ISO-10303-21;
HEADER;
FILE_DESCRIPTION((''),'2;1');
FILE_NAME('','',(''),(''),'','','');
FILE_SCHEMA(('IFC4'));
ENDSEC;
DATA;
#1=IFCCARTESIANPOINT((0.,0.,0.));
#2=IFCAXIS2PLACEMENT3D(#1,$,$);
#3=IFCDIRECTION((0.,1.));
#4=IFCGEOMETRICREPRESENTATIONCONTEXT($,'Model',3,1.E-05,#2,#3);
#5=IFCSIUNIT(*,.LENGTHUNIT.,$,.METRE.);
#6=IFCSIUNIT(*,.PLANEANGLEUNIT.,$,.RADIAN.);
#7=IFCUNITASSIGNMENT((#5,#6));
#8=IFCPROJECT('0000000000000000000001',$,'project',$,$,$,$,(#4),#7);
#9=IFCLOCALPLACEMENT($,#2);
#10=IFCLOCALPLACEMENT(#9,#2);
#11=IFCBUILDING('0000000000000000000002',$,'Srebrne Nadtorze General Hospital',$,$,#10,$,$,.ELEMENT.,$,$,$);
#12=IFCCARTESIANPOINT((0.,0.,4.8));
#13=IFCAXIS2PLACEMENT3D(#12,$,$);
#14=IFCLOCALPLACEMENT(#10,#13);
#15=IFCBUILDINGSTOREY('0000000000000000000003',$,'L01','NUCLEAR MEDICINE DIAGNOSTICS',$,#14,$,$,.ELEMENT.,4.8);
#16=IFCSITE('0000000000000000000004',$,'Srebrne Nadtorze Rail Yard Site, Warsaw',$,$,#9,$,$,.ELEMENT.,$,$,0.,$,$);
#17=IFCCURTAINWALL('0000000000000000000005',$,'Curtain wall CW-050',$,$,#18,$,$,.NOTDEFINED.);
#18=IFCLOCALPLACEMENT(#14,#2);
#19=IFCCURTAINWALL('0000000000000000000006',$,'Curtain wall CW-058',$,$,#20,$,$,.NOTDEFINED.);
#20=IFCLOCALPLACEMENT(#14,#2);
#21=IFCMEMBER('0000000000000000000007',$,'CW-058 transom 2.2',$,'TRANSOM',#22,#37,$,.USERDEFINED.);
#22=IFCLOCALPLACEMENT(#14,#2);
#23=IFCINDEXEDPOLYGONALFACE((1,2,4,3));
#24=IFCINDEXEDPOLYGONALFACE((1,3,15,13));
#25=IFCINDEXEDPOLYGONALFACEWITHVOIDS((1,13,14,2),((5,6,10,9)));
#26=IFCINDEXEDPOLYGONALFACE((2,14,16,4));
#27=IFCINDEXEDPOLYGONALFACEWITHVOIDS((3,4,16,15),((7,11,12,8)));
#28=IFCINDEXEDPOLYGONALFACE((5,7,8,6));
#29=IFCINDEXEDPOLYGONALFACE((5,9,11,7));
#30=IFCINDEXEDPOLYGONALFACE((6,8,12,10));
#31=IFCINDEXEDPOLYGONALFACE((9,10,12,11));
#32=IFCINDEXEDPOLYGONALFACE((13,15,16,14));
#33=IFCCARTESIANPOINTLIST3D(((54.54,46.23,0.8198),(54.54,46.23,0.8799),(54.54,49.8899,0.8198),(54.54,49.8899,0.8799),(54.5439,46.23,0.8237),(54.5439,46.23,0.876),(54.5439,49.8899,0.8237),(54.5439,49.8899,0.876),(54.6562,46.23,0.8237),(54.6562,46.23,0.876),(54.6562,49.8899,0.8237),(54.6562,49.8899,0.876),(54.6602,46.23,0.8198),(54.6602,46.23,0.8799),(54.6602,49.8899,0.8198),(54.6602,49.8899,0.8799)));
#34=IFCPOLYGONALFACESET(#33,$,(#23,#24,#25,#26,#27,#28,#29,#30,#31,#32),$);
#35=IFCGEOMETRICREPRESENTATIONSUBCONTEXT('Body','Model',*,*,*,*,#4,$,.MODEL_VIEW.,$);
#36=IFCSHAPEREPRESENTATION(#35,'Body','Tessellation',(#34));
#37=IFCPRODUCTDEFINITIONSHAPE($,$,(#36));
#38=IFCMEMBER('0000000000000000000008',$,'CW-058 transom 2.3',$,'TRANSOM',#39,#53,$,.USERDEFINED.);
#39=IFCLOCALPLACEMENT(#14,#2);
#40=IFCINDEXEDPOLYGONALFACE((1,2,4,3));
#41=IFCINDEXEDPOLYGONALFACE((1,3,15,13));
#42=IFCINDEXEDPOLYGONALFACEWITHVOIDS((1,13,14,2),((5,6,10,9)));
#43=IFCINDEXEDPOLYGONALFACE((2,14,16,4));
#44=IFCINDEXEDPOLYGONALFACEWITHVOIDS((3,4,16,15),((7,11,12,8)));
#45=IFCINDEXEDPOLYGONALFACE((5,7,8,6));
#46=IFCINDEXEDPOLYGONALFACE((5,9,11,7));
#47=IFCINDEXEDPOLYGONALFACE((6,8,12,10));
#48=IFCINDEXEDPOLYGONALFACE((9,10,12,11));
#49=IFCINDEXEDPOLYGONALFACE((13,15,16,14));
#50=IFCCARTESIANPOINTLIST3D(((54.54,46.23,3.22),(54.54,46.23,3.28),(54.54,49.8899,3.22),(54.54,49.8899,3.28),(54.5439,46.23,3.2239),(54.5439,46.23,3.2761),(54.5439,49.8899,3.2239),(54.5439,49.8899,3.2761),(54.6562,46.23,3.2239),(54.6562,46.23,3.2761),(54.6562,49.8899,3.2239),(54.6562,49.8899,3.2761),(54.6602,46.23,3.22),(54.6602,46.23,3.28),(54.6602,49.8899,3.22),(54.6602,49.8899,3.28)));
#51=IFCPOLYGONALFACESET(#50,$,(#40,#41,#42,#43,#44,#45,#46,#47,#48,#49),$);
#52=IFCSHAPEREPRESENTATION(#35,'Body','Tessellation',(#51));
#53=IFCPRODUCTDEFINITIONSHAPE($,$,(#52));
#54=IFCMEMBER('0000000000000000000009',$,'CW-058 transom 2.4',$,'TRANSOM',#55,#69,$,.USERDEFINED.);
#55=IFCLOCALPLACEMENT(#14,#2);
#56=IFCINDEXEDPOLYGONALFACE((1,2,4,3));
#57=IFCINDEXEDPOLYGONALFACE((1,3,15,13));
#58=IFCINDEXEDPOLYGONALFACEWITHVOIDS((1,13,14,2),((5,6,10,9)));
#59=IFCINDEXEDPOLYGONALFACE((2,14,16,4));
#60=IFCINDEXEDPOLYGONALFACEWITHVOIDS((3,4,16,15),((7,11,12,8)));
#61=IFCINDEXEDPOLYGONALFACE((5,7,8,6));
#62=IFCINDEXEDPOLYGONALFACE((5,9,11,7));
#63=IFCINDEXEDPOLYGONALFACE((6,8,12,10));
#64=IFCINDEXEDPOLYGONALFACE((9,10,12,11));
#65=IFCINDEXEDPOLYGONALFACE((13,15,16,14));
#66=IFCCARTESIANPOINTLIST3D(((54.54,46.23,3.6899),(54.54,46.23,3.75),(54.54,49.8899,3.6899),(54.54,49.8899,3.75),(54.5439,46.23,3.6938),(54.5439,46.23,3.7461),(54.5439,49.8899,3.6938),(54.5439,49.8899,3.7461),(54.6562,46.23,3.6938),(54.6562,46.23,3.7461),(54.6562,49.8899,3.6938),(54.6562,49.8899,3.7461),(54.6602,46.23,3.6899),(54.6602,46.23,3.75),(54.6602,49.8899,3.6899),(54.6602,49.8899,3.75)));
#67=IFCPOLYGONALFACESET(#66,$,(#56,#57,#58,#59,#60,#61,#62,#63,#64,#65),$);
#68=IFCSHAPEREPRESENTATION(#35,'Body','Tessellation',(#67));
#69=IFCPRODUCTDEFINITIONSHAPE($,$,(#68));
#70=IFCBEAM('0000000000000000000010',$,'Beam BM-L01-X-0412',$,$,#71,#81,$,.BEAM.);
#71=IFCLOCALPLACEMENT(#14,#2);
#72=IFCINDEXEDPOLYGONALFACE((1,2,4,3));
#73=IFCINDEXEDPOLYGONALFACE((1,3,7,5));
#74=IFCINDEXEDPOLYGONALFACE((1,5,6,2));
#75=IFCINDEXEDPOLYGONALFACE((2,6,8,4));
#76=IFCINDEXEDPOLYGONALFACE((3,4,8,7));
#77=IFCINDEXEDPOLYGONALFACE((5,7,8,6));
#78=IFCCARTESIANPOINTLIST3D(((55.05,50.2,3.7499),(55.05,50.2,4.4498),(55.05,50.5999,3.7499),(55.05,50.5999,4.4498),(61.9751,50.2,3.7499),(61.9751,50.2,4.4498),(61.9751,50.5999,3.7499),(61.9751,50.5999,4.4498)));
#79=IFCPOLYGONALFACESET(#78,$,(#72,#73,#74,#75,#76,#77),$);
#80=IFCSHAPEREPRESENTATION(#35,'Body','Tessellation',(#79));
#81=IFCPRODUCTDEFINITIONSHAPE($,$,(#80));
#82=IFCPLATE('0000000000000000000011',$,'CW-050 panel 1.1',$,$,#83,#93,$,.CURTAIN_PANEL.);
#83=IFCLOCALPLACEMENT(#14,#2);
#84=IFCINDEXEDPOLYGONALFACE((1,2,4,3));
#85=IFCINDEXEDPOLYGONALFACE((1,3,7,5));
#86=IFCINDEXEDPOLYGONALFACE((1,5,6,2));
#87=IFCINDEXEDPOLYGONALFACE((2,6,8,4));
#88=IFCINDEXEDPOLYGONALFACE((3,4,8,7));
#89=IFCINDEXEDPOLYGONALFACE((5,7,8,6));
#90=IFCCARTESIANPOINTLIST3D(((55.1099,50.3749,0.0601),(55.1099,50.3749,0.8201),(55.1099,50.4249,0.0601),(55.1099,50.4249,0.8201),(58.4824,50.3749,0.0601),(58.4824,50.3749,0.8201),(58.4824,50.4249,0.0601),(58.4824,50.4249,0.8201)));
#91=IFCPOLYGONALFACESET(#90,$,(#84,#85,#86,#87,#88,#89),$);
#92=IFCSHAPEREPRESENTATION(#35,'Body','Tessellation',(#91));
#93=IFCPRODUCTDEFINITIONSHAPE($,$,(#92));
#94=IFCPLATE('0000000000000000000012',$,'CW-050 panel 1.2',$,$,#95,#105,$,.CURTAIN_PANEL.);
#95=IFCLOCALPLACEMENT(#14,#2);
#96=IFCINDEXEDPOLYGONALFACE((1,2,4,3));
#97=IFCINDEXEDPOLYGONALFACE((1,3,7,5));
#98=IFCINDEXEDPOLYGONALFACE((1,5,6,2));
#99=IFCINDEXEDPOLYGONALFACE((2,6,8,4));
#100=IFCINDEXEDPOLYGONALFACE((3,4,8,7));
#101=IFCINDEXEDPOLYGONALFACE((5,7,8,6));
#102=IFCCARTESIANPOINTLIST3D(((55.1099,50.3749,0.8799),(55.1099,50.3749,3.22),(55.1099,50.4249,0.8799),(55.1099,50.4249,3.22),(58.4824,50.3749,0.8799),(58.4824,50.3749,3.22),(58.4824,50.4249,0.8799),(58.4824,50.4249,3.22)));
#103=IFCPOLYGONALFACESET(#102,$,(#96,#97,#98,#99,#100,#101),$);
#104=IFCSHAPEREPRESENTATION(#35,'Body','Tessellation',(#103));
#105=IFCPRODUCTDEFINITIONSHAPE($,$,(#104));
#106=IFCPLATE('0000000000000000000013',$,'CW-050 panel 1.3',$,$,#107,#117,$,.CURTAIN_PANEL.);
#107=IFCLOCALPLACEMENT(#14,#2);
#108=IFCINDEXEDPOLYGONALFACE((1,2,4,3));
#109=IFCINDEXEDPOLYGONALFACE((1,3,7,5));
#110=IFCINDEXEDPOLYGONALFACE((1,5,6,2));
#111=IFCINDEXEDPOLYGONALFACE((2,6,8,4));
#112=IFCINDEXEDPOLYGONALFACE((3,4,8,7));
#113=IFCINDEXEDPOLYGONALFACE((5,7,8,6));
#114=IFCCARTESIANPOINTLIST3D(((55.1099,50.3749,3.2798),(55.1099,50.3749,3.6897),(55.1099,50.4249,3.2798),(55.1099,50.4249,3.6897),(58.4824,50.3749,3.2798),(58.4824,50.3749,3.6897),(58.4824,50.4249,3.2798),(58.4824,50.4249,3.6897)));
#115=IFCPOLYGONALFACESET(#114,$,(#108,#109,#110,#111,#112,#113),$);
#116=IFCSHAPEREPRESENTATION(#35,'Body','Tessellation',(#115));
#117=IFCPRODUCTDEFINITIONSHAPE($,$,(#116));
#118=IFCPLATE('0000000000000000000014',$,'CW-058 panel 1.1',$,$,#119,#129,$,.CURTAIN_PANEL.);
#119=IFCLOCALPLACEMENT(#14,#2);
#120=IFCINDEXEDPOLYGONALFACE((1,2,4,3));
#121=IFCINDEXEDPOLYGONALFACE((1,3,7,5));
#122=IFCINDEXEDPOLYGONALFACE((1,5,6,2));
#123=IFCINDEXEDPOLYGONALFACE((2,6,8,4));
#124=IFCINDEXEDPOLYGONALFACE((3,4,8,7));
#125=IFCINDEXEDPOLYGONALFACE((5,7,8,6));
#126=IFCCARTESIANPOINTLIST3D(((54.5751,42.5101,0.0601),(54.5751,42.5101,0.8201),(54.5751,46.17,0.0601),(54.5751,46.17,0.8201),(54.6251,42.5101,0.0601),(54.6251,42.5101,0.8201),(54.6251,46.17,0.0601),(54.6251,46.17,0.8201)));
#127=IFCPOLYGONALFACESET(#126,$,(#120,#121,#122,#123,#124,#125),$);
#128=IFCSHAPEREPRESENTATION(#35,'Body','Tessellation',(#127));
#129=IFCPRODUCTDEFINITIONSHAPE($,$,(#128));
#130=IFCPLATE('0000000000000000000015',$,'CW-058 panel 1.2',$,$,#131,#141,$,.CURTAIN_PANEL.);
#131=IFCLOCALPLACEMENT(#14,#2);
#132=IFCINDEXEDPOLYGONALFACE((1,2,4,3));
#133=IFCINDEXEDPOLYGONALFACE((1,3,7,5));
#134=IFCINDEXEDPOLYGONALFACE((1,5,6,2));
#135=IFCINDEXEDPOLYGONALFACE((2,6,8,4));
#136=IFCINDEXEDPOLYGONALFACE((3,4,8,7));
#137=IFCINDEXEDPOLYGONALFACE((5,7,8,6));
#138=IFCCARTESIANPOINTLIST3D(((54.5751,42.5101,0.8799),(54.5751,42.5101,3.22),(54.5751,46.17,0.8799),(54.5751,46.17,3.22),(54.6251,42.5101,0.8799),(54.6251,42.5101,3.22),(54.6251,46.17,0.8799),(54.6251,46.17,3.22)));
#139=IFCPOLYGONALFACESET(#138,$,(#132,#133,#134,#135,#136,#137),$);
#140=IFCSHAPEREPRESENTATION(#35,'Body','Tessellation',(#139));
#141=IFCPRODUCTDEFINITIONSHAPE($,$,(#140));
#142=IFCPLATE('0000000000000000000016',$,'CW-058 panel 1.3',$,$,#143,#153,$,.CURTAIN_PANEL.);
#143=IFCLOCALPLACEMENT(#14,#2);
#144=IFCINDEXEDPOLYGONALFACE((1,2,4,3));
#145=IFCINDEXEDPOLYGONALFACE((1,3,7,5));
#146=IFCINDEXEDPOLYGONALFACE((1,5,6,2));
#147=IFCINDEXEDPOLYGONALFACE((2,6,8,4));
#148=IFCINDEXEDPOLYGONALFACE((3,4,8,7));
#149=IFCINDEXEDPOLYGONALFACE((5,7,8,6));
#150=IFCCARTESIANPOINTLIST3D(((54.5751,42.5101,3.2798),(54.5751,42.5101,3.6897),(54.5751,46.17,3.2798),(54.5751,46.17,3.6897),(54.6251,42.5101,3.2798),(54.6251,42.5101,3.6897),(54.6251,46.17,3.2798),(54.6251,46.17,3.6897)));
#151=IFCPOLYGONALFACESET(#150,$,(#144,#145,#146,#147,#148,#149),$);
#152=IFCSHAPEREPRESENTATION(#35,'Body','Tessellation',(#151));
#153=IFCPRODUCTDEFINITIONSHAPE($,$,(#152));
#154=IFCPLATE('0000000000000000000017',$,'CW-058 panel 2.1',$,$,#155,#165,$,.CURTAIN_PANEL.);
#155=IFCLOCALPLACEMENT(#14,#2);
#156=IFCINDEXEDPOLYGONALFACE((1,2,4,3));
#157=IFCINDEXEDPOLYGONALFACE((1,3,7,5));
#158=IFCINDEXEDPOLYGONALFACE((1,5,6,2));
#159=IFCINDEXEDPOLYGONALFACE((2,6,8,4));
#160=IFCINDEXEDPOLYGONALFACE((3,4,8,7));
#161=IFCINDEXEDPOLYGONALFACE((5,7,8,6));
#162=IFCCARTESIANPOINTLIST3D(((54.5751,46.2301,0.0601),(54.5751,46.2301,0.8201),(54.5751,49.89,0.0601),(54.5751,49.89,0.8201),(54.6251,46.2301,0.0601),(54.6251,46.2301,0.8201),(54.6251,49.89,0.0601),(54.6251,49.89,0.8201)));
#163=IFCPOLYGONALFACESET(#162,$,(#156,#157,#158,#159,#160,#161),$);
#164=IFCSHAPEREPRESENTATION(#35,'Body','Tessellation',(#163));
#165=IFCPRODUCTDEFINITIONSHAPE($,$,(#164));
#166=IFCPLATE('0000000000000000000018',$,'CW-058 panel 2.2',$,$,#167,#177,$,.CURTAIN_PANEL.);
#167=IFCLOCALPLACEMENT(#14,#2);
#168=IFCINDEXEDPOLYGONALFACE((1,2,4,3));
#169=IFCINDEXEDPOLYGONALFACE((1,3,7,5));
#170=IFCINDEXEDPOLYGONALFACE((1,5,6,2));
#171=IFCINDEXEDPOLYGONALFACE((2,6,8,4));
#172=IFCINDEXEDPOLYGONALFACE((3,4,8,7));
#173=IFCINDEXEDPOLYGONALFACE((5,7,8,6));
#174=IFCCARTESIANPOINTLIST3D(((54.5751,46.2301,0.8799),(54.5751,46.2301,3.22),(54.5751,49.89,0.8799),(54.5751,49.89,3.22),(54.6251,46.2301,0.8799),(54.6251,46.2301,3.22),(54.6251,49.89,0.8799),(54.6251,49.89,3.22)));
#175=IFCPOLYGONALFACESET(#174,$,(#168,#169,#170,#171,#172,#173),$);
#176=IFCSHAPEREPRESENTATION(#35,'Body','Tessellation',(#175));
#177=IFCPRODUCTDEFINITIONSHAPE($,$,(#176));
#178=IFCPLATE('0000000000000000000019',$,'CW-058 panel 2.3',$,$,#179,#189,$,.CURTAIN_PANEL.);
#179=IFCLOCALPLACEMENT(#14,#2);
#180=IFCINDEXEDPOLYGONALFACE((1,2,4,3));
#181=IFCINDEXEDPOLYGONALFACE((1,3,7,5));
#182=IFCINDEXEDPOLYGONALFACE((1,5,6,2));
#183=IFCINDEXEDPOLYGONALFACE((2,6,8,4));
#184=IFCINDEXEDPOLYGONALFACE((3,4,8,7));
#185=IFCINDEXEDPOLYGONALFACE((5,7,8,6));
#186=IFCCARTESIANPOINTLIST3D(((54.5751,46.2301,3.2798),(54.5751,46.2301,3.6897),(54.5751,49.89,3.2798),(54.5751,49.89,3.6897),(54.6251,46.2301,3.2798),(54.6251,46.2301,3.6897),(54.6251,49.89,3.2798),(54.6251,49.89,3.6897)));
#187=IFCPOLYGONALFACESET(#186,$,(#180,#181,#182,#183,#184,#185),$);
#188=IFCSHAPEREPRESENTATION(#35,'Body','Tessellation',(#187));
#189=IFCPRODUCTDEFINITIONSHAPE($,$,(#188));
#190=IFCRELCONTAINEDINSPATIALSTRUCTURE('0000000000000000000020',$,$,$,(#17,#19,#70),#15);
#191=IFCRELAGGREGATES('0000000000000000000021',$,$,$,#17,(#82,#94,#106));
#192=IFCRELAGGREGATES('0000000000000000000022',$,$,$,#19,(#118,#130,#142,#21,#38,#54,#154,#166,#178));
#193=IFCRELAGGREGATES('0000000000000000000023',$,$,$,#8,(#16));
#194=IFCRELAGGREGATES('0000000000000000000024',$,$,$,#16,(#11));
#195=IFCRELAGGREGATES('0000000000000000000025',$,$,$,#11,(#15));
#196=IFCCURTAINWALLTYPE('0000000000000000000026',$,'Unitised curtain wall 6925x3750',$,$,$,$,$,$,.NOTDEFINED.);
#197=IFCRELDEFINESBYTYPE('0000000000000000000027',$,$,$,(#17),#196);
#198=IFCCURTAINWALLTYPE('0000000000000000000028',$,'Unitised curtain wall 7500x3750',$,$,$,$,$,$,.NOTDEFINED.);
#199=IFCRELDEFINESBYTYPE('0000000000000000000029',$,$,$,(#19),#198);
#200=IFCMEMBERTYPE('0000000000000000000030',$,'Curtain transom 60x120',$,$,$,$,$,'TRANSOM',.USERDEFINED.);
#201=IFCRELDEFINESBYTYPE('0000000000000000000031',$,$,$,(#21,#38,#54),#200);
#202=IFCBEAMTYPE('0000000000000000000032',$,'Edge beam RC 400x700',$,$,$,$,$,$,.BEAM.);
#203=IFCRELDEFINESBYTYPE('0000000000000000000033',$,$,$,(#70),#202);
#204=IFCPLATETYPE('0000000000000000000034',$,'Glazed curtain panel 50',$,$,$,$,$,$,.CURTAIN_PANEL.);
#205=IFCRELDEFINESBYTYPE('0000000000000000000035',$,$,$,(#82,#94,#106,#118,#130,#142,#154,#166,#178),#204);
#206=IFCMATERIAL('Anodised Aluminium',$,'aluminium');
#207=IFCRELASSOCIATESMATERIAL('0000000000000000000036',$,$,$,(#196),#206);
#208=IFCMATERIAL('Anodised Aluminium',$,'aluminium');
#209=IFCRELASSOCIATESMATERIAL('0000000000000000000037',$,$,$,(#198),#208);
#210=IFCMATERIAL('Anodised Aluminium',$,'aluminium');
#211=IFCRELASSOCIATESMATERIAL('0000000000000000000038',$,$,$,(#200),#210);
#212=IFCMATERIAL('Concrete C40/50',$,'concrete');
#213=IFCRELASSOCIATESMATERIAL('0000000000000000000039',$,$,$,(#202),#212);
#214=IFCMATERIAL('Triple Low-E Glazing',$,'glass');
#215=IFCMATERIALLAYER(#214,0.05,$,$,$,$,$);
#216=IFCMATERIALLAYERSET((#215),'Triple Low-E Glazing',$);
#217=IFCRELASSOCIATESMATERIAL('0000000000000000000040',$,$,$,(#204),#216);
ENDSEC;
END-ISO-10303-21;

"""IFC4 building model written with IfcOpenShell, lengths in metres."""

from ifc_helpers import new_model, si_unit, direction, frame, origin, origin_2d, place, context, subcontext, project, spatial, rectangle, hollow_rectangle, extrude, material, layer, layer_set, material_profile, profile_set, type_object, element, aggregate, save


model = new_model("IFC4")

# Units and contexts
model_context = context("Model", 3, precision=1e-05, world=origin(), true_north=direction((0.0, 1.0)))
body_context = subcontext(model_context, "Body", "Model", "MODEL_VIEW")
ifc_project = project(units=[si_unit("LENGTHUNIT", "METRE"), si_unit("PLANEANGLEUNIT", "RADIAN")], contexts=[model_context])

# Site, building, storey
site_placement = place(None, origin())
site = spatial("IfcSite", under=ifc_project, at=site_placement, Name="Srebrne Nadtorze Rail Yard Site, Warsaw", CompositionType="ELEMENT", RefElevation=0.0)
building_placement = place(site_placement, origin())
building = spatial("IfcBuilding", under=site, at=building_placement, Name="Srebrne Nadtorze General Hospital", CompositionType="ELEMENT")
storey_placement = place(building_placement, frame((0.0, 0.0, 4.8)))
storey = spatial("IfcBuildingStorey", under=building, at=storey_placement, Name="L01", Description="NUCLEAR MEDICINE DIAGNOSTICS", CompositionType="ELEMENT", Elevation=4.8)

# Curtain walls
ifc_material_1 = material(Name="Anodised Aluminium", Category="aluminium")
curtain_wall_type_1 = type_object("IfcCurtainWallType", Name="Unitised curtain wall 6925x3750", PredefinedType="NOTDEFINED", material=ifc_material_1)
curtain_wall_1_placement = place(storey_placement, origin())
curtain_wall_1 = element("IfcCurtainWall", 1, at=curtain_wall_1_placement, inside=storey, type_object=curtain_wall_type_1, Name="Curtain wall CW-050", PredefinedType="NOTDEFINED")
ifc_material_2 = material(Name="Anodised Aluminium", Category="aluminium")
curtain_wall_type_2 = type_object("IfcCurtainWallType", Name="Unitised curtain wall 7500x3750", PredefinedType="NOTDEFINED", material=ifc_material_2)
curtain_wall_2_placement = place(storey_placement, origin())
curtain_wall_2 = element("IfcCurtainWall", 2, at=curtain_wall_2_placement, inside=storey, type_object=curtain_wall_type_2, Name="Curtain wall CW-058", PredefinedType="NOTDEFINED")

# Members
ifc_material_3 = material(Name="Anodised Aluminium", Category="aluminium")
ifc_material_profile_1 = material_profile(ifc_material_3, hollow_rectangle(XDim=0.0601, YDim=0.1201, WallThickness=0.0039, at=origin_2d()), Name="AL-TRN-60x120")
ifc_profile_set_1 = profile_set([ifc_material_profile_1], Name="Anodised Aluminium")
member_type_1 = type_object("IfcMemberType", Name="Curtain transom 60x120", ElementType="TRANSOM", PredefinedType="USERDEFINED", material=ifc_profile_set_1)
member_1_placement = place(storey_placement, frame((54.6001, 46.23, 0.8499), z_axis=(0.0, 1.0, 0.0), x_axis=(0.0, 0.0, 1.0)))
member_1 = element("IfcMember", 3, at=member_1_placement, type_object=member_type_1, Name="CW-058 transom 2.2", ObjectType="TRANSOM", PredefinedType="USERDEFINED", context=body_context, shape_type="SweptSolid", body=[
    extrude(hollow_rectangle(XDim=0.0601, YDim=0.1201, WallThickness=0.0039, at=origin_2d()), origin(), (0.0, 0.0, 1.0), 3.6599),
])
member_2_placement = place(storey_placement, frame((54.6001, 46.23, 3.25), z_axis=(0.0, 1.0, 0.0), x_axis=(0.0, 0.0, 1.0)))
member_2 = element("IfcMember", 4, at=member_2_placement, type_object=member_type_1, Name="CW-058 transom 2.3", ObjectType="TRANSOM", PredefinedType="USERDEFINED", context=body_context, shape_type="SweptSolid", body=[
    extrude(hollow_rectangle(XDim=0.0601, YDim=0.1201, WallThickness=0.0039, at=origin_2d()), origin(), (0.0, 0.0, 1.0), 3.6599),
])
member_3_placement = place(storey_placement, frame((54.6001, 46.23, 3.72), z_axis=(0.0, 1.0, 0.0), x_axis=(0.0, 0.0, 1.0)))
member_3 = element("IfcMember", 5, at=member_3_placement, type_object=member_type_1, Name="CW-058 transom 2.4", ObjectType="TRANSOM", PredefinedType="USERDEFINED", context=body_context, shape_type="SweptSolid", body=[
    extrude(hollow_rectangle(XDim=0.0601, YDim=0.1201, WallThickness=0.0039, at=origin_2d()), origin(), (0.0, 0.0, 1.0), 3.6599),
])

# Beam
ifc_material_4 = material(Name="Concrete C40/50", Category="concrete")
ifc_material_profile_2 = material_profile(ifc_material_4, rectangle(XDim=0.3999, YDim=0.7, at=origin_2d()), Name="RC-BM-400x700")
ifc_profile_set_2 = profile_set([ifc_material_profile_2], Name="Concrete C40/50")
beam_type = type_object("IfcBeamType", Name="Edge beam RC 400x700", PredefinedType="BEAM", material=ifc_profile_set_2)
beam_placement = place(storey_placement, frame((55.05, 50.3999, 4.0999), z_axis=(1.0, 0.0, 0.0), x_axis=(0.0, 1.0, 0.0)))
element("IfcBeam", 6, at=beam_placement, inside=storey, type_object=beam_type, Name="Beam BM-L01-X-0412", PredefinedType="BEAM", context=body_context, shape_type="SweptSolid", body=[
    extrude(rectangle(XDim=0.3999, YDim=0.7, at=origin_2d()), origin(), (0.0, 0.0, 1.0), 6.925),
])

# Plates
ifc_material_5 = material(Name="Triple Low-E Glazing", Category="glass")
ifc_layer = layer(ifc_material_5, 0.05)
ifc_layer_set = layer_set([ifc_layer], Name="Triple Low-E Glazing")
plate_type = type_object("IfcPlateType", Name="Glazed curtain panel 50", PredefinedType="CURTAIN_PANEL", material=ifc_layer_set)
plate_1_placement = place(storey_placement, frame((56.7961, 50.3999, 0.0601), z_axis=(0.0, 0.0, 1.0), x_axis=(1.0, 0.0, 0.0)))
plate_1 = element("IfcPlate", 7, at=plate_1_placement, type_object=plate_type, Name="CW-050 panel 1.1", PredefinedType="CURTAIN_PANEL", context=body_context, shape_type="SweptSolid", body=[
    extrude(rectangle(XDim=3.3726, YDim=0.05, at=origin_2d()), origin(), (0.0, 0.0, 1.0), 0.76),
])
plate_2_placement = place(storey_placement, frame((56.7961, 50.3999, 0.8799), z_axis=(0.0, 0.0, 1.0), x_axis=(1.0, 0.0, 0.0)))
plate_2 = element("IfcPlate", 8, at=plate_2_placement, type_object=plate_type, Name="CW-050 panel 1.2", PredefinedType="CURTAIN_PANEL", context=body_context, shape_type="SweptSolid", body=[
    extrude(rectangle(XDim=3.3726, YDim=0.05, at=origin_2d()), origin(), (0.0, 0.0, 1.0), 2.3401),
])
plate_3_placement = place(storey_placement, frame((56.7961, 50.3999, 3.2798), z_axis=(0.0, 0.0, 1.0), x_axis=(1.0, 0.0, 0.0)))
plate_3 = element("IfcPlate", 9, at=plate_3_placement, type_object=plate_type, Name="CW-050 panel 1.3", PredefinedType="CURTAIN_PANEL", context=body_context, shape_type="SweptSolid", body=[
    extrude(rectangle(XDim=3.3726, YDim=0.05, at=origin_2d()), origin(), (0.0, 0.0, 1.0), 0.4099),
])
aggregate(curtain_wall_1, [plate_1, plate_2, plate_3])
plate_4_placement = place(storey_placement, frame((54.6001, 44.3401, 0.0601), z_axis=(0.0, 0.0, 1.0), x_axis=(0.0, 1.0, 0.0)))
plate_4 = element("IfcPlate", 10, at=plate_4_placement, type_object=plate_type, Name="CW-058 panel 1.1", PredefinedType="CURTAIN_PANEL", context=body_context, shape_type="SweptSolid", body=[
    extrude(rectangle(XDim=3.6599, YDim=0.05, at=origin_2d()), origin(), (0.0, 0.0, 1.0), 0.76),
])
plate_5_placement = place(storey_placement, frame((54.6001, 44.3401, 0.8799), z_axis=(0.0, 0.0, 1.0), x_axis=(0.0, 1.0, 0.0)))
plate_5 = element("IfcPlate", 11, at=plate_5_placement, type_object=plate_type, Name="CW-058 panel 1.2", PredefinedType="CURTAIN_PANEL", context=body_context, shape_type="SweptSolid", body=[
    extrude(rectangle(XDim=3.6599, YDim=0.05, at=origin_2d()), origin(), (0.0, 0.0, 1.0), 2.3401),
])
plate_6_placement = place(storey_placement, frame((54.6001, 44.3401, 3.2798), z_axis=(0.0, 0.0, 1.0), x_axis=(0.0, 1.0, 0.0)))
plate_6 = element("IfcPlate", 12, at=plate_6_placement, type_object=plate_type, Name="CW-058 panel 1.3", PredefinedType="CURTAIN_PANEL", context=body_context, shape_type="SweptSolid", body=[
    extrude(rectangle(XDim=3.6599, YDim=0.05, at=origin_2d()), origin(), (0.0, 0.0, 1.0), 0.4099),
])
plate_7_placement = place(storey_placement, frame((54.6001, 48.0601, 0.0601), z_axis=(0.0, 0.0, 1.0), x_axis=(0.0, 1.0, 0.0)))
plate_7 = element("IfcPlate", 13, at=plate_7_placement, type_object=plate_type, Name="CW-058 panel 2.1", PredefinedType="CURTAIN_PANEL", context=body_context, shape_type="SweptSolid", body=[
    extrude(rectangle(XDim=3.6599, YDim=0.05, at=origin_2d()), origin(), (0.0, 0.0, 1.0), 0.76),
])
plate_8_placement = place(storey_placement, frame((54.6001, 48.0601, 0.8799), z_axis=(0.0, 0.0, 1.0), x_axis=(0.0, 1.0, 0.0)))
plate_8 = element("IfcPlate", 14, at=plate_8_placement, type_object=plate_type, Name="CW-058 panel 2.2", PredefinedType="CURTAIN_PANEL", context=body_context, shape_type="SweptSolid", body=[
    extrude(rectangle(XDim=3.6599, YDim=0.05, at=origin_2d()), origin(), (0.0, 0.0, 1.0), 2.3401),
])
plate_9_placement = place(storey_placement, frame((54.6001, 48.0601, 3.2798), z_axis=(0.0, 0.0, 1.0), x_axis=(0.0, 1.0, 0.0)))
plate_9 = element("IfcPlate", 15, at=plate_9_placement, type_object=plate_type, Name="CW-058 panel 2.3", PredefinedType="CURTAIN_PANEL", context=body_context, shape_type="SweptSolid", body=[
    extrude(rectangle(XDim=3.6599, YDim=0.05, at=origin_2d()), origin(), (0.0, 0.0, 1.0), 0.4099),
])
aggregate(curtain_wall_2, [plate_4, plate_5, plate_6, member_1, member_2, member_3, plate_7, plate_8, plate_9])

save(model, "model.ifc")
